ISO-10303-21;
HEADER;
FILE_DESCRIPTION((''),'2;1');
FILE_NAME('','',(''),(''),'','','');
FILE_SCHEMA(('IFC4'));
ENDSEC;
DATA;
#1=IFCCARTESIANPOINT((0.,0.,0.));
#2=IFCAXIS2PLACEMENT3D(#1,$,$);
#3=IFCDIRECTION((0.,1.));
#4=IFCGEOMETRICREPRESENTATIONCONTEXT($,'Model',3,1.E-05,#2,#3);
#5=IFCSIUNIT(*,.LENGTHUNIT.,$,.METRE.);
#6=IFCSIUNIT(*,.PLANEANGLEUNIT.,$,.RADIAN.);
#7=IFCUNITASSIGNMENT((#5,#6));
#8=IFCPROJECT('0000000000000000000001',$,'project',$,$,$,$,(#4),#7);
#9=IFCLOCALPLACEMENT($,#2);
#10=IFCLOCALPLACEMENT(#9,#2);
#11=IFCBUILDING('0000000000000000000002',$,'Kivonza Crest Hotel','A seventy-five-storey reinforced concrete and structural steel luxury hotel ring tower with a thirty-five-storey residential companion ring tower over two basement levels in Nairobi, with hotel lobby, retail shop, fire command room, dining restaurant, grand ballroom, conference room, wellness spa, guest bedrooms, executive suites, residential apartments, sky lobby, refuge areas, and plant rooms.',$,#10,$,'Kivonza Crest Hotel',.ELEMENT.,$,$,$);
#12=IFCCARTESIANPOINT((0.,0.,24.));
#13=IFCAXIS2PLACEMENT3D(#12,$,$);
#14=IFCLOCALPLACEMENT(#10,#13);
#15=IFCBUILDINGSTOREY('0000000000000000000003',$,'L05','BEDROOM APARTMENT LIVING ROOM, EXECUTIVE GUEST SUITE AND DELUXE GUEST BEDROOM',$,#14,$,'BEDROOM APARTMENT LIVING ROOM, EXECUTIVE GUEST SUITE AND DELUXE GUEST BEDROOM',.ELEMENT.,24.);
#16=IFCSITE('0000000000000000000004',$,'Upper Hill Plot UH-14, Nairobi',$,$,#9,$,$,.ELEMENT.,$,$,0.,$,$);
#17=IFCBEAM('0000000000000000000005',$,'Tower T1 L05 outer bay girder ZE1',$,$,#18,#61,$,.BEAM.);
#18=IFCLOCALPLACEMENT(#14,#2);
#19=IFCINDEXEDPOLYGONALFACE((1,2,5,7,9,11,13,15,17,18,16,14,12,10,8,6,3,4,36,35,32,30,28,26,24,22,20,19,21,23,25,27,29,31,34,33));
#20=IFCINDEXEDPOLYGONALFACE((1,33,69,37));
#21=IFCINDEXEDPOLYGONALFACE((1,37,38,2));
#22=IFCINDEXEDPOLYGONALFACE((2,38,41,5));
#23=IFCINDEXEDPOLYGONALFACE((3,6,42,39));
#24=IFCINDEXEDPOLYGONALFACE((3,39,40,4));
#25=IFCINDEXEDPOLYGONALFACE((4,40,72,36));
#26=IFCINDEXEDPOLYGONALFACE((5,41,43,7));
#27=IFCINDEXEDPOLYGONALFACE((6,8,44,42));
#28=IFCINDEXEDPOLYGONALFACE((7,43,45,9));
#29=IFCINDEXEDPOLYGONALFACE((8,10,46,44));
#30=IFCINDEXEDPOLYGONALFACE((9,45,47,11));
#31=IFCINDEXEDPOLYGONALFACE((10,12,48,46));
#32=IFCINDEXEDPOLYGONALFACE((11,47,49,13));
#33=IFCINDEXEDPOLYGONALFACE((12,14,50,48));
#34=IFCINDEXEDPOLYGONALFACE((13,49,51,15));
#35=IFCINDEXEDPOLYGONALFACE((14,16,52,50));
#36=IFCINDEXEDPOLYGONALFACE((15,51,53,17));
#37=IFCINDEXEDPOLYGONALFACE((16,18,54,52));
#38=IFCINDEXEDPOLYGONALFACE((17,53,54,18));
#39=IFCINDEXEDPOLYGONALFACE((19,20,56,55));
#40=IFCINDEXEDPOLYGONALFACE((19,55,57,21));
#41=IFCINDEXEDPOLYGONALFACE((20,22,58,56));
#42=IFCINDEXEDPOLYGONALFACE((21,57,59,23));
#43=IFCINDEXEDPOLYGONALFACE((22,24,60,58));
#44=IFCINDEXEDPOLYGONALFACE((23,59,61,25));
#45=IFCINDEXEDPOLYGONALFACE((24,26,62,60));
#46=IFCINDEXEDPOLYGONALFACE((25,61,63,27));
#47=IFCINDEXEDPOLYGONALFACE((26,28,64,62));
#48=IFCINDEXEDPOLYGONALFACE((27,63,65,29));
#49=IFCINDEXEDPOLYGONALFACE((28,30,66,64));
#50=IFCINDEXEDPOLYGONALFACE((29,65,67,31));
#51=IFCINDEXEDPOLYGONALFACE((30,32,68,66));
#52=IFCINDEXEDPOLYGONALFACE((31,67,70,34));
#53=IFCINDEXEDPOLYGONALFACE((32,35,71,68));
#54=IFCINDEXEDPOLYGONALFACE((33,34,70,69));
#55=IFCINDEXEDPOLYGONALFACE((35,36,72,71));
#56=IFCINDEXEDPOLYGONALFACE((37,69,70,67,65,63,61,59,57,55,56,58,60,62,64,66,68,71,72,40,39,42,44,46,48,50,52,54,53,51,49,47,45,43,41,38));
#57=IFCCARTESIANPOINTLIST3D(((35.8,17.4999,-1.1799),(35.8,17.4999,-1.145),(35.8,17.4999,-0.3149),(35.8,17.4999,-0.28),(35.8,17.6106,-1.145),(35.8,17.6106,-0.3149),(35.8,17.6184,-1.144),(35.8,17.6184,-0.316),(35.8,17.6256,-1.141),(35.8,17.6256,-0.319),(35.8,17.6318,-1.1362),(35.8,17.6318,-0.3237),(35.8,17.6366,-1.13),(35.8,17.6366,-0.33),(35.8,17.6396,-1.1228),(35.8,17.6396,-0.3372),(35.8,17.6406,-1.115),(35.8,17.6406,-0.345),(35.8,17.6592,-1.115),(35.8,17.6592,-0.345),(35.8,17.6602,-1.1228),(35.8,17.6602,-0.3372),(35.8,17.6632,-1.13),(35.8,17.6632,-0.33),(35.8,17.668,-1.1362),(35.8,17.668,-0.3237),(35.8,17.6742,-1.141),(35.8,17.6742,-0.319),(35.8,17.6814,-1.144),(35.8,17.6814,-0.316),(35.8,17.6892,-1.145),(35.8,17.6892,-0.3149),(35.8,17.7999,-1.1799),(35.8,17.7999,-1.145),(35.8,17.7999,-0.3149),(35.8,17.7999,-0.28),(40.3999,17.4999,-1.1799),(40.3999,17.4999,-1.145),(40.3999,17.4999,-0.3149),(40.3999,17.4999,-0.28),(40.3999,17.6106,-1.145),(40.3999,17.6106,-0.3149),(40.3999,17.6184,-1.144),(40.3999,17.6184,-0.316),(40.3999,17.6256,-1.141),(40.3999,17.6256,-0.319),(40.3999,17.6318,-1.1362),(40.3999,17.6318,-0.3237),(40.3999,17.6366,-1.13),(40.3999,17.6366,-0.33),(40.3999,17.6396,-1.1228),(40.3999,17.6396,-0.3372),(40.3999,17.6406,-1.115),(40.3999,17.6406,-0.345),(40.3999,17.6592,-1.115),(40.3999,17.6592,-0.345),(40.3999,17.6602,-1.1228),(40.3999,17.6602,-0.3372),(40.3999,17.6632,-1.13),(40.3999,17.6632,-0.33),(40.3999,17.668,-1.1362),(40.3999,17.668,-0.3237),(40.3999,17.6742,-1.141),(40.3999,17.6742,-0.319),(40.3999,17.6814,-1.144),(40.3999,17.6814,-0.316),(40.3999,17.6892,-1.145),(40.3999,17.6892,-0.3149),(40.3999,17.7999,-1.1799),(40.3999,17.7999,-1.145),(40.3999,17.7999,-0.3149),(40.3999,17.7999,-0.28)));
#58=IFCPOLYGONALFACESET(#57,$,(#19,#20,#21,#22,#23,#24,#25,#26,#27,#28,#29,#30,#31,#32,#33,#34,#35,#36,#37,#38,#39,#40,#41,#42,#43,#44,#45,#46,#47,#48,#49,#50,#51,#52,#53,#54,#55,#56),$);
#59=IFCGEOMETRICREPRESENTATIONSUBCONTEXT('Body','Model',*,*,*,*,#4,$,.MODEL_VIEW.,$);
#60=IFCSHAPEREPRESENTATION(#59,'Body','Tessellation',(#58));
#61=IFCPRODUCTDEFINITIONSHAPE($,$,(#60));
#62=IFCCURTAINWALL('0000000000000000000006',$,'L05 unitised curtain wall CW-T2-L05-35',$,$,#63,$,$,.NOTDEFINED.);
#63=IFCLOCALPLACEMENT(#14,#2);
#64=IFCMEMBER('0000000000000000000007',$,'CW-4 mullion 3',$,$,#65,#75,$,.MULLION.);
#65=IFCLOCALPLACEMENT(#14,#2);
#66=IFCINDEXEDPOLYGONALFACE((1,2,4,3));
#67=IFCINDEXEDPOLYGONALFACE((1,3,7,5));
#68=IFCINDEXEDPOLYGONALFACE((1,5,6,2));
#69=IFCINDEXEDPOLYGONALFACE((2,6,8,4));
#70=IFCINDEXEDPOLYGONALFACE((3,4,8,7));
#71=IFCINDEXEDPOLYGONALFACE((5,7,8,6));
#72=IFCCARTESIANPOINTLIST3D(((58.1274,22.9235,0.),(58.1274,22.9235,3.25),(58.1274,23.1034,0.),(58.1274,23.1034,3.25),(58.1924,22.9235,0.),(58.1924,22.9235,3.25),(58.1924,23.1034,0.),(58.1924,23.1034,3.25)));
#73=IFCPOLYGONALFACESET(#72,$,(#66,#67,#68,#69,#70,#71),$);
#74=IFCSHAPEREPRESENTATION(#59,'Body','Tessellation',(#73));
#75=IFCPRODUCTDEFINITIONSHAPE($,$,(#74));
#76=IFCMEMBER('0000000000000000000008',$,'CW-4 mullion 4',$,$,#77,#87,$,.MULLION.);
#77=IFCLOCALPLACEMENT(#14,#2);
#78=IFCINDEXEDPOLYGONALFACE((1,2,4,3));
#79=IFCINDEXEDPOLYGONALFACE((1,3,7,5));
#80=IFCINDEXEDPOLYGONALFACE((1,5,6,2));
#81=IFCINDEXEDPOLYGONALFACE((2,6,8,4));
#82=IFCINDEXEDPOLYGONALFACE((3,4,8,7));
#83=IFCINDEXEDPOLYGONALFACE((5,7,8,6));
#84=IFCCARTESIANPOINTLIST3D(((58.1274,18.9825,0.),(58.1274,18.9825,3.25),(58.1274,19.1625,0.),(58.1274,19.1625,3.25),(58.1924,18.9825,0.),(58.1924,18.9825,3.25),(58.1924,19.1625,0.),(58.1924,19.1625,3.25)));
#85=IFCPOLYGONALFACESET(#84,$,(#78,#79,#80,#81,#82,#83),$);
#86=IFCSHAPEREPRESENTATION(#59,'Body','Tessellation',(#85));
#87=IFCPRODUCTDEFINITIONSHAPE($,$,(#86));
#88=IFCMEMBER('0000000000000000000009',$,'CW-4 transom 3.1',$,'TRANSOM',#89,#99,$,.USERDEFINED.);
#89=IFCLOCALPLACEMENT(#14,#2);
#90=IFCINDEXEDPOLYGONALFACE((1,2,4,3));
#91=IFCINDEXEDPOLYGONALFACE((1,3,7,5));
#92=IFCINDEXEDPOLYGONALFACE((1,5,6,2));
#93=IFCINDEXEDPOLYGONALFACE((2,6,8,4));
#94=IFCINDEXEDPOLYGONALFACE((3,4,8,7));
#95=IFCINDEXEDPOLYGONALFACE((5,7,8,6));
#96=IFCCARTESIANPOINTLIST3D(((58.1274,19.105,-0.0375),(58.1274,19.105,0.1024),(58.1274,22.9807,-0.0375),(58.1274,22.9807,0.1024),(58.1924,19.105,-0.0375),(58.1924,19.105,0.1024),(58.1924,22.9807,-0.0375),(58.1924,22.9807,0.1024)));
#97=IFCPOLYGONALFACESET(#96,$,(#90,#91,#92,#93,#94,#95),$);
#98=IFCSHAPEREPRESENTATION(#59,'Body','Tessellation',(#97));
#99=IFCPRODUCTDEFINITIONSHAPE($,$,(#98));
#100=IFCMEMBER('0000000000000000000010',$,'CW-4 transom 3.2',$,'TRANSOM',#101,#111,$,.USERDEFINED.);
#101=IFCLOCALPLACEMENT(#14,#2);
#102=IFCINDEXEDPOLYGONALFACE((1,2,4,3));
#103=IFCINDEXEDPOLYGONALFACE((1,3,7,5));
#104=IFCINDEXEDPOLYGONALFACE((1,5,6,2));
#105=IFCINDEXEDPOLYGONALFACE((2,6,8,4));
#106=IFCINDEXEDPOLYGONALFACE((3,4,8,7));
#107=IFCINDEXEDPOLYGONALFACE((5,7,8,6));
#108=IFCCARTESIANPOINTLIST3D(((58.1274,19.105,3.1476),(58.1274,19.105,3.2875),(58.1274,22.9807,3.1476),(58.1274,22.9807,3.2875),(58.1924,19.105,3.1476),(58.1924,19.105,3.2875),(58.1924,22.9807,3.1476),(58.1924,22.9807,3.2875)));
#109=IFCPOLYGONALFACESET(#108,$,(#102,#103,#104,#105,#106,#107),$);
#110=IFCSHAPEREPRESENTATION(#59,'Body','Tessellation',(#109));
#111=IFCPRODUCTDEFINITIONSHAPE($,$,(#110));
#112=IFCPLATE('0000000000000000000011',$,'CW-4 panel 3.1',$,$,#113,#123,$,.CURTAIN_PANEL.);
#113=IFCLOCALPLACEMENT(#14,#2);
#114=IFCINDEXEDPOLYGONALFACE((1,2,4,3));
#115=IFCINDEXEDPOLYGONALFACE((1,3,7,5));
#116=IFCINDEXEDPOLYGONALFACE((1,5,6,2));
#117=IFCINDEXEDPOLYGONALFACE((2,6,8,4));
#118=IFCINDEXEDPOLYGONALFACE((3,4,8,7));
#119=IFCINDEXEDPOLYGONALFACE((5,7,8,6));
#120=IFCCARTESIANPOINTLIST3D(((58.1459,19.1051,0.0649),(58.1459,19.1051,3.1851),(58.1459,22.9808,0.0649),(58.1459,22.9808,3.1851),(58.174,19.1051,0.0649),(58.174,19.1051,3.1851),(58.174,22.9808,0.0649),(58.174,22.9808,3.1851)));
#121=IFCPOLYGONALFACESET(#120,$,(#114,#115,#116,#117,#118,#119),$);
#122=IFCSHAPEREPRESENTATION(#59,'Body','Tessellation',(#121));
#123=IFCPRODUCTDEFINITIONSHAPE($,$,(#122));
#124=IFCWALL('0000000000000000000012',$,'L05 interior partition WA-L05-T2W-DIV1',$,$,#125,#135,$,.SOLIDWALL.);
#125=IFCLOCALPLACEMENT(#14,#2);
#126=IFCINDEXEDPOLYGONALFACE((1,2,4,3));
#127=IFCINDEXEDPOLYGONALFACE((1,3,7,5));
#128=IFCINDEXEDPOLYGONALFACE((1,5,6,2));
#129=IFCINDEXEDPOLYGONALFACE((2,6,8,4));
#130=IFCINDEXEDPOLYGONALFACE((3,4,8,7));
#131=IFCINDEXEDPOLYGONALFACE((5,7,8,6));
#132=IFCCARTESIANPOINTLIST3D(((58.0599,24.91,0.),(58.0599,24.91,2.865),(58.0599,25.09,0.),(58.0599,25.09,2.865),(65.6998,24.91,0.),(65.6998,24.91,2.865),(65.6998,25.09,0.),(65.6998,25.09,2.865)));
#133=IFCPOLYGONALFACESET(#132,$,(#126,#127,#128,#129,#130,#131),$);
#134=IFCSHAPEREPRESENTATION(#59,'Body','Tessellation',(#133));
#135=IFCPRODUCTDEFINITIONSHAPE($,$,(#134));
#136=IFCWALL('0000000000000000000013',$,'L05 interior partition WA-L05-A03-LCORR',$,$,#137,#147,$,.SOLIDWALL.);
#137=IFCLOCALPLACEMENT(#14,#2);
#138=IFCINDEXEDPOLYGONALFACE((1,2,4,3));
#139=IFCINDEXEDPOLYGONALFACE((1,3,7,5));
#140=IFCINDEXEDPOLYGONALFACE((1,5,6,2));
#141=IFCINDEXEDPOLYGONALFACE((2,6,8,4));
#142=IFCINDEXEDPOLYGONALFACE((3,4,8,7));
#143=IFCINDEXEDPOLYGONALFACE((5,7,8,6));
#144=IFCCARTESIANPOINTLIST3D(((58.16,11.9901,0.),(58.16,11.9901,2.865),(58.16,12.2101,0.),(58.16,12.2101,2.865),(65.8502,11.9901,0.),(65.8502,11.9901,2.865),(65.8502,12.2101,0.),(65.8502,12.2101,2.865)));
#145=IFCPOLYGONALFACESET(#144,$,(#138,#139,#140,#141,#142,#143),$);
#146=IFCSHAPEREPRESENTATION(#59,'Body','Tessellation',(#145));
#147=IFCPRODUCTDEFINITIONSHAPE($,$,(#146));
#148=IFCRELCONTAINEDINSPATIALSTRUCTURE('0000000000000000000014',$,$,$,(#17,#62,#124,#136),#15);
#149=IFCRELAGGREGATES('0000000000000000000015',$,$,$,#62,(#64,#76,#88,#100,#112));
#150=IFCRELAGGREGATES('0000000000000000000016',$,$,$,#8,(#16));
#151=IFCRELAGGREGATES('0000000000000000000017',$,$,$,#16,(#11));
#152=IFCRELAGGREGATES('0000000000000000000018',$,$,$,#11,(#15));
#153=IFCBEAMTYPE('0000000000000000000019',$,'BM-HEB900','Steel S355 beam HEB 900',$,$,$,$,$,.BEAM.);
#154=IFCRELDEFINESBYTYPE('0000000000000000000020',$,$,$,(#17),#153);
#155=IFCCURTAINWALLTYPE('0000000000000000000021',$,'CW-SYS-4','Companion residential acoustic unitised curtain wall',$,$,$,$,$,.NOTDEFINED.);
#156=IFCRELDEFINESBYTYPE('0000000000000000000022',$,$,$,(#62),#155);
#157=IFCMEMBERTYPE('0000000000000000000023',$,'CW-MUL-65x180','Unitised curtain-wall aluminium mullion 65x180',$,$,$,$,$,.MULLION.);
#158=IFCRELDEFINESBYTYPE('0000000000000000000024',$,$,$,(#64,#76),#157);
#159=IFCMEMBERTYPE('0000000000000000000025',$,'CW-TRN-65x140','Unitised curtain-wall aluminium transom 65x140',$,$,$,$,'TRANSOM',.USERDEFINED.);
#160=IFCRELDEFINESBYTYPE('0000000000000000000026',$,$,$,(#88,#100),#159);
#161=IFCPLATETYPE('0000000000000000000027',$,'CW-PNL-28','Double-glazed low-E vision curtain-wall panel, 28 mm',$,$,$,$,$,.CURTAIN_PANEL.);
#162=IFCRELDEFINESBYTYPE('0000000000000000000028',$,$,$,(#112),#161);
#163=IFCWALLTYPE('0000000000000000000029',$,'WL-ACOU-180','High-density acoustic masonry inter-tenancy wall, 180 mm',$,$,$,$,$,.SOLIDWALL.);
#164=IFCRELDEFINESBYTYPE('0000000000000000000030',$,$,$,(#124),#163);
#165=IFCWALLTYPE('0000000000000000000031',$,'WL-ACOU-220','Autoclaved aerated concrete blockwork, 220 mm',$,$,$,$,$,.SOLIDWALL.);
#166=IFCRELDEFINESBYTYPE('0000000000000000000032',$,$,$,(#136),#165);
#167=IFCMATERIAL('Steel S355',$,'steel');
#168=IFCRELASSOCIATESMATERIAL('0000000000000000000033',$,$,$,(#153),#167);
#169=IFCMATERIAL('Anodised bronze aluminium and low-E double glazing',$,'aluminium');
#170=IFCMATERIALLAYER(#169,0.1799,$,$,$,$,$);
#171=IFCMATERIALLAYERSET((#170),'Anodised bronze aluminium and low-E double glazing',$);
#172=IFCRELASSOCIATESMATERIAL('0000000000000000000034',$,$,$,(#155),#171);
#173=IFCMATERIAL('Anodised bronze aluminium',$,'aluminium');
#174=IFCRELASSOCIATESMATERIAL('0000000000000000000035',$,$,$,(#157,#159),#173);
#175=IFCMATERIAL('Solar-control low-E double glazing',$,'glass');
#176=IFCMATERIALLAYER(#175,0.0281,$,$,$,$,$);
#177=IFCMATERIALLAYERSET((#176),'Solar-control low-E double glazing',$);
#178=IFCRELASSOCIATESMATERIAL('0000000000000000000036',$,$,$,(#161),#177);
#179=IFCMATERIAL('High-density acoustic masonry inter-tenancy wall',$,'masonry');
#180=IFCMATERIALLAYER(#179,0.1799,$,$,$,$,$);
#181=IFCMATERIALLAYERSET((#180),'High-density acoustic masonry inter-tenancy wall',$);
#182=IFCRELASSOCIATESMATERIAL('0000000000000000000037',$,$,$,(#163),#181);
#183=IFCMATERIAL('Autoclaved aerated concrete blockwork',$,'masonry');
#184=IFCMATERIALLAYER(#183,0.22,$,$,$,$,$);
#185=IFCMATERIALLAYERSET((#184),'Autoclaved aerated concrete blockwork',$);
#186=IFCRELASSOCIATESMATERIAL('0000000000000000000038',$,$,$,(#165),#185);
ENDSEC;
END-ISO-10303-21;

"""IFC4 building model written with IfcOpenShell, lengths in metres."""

from ifc_helpers import new_model, si_unit, direction, frame, frame_2d, origin, origin_2d, place, context, subcontext, project, spatial, rectangle, i_section, extrude, material, layer, layer_set, material_profile, profile_set, type_object, element, aggregate, save


model = new_model("IFC4")

# Units and contexts
model_context = context("Model", 3, precision=1e-05, world=origin(), true_north=direction((0.0, 1.0)))
body_context = subcontext(model_context, "Body", "Model", "MODEL_VIEW")
ifc_project = project(units=[si_unit("LENGTHUNIT", "METRE"), si_unit("PLANEANGLEUNIT", "RADIAN")], contexts=[model_context])

# Site, building, storey
site_placement = place(None, origin())
site = spatial("IfcSite", under=ifc_project, at=site_placement, Name="Upper Hill Plot UH-14, Nairobi", CompositionType="ELEMENT", RefElevation=0.0)
building_placement = place(site_placement, origin())
building = spatial("IfcBuilding", under=site, at=building_placement, Name="Kivonza Crest Hotel", Description="A seventy-five-storey reinforced concrete and structural steel luxury hotel ring tower with a thirty-five-storey residential companion ring tower over two basement levels in Nairobi, with hotel lobby, retail shop, fire command room, dining restaurant, grand ballroom, conference room, wellness spa, guest bedrooms, executive suites, residential apartments, sky lobby, refuge areas, and plant rooms.", LongName="Kivonza Crest Hotel", CompositionType="ELEMENT")
storey_placement = place(building_placement, frame((0.0, 0.0, 24.0)))
storey = spatial("IfcBuildingStorey", under=building, at=storey_placement, Name="L05", Description="BEDROOM APARTMENT LIVING ROOM, EXECUTIVE GUEST SUITE AND DELUXE GUEST BEDROOM", LongName="BEDROOM APARTMENT LIVING ROOM, EXECUTIVE GUEST SUITE AND DELUXE GUEST BEDROOM", CompositionType="ELEMENT", Elevation=24.0)

# Beam
ifc_material_1 = material(Name="Steel S355", Category="steel")
ifc_material_profile_1 = material_profile(ifc_material_1, i_section(OverallWidth=0.3, OverallDepth=0.8999, WebThickness=0.0186, FlangeThickness=0.0349, FilletRadius=0.03, at=origin_2d()), Name="HEB 900")
ifc_profile_set_1 = profile_set([ifc_material_profile_1], Name="Steel S355")
beam_type = type_object("IfcBeamType", Name="BM-HEB900", Description="Steel S355 beam HEB 900", PredefinedType="BEAM", material=ifc_profile_set_1)
beam_placement = place(storey_placement, frame((40.3999, 17.6499, -0.73), z_axis=(-1.0, 0.0, 0.0), x_axis=(0.0, -1.0, 0.0)))
element("IfcBeam", 1, at=beam_placement, inside=storey, type_object=beam_type, Name="Tower T1 L05 outer bay girder ZE1", PredefinedType="BEAM", context=body_context, shape_type="SweptSolid", body=[
    extrude(i_section(OverallWidth=0.3, OverallDepth=0.8999, WebThickness=0.0186, FlangeThickness=0.0349, FilletRadius=0.03, at=origin_2d()), origin(), (0.0, 0.0, 1.0), 4.5999),
])

# Curtain wall, members, plate
ifc_material_2 = material(Name="Anodised bronze aluminium and low-E double glazing", Category="aluminium")
ifc_layer_1 = layer(ifc_material_2, 0.1799)
ifc_layer_set_1 = layer_set([ifc_layer_1], Name="Anodised bronze aluminium and low-E double glazing")
curtain_wall_type = type_object("IfcCurtainWallType", Name="CW-SYS-4", Description="Companion residential acoustic unitised curtain wall", PredefinedType="NOTDEFINED", material=ifc_layer_set_1)
curtain_wall_placement = place(storey_placement, origin())
curtain_wall = element("IfcCurtainWall", 2, at=curtain_wall_placement, inside=storey, type_object=curtain_wall_type, Name="L05 unitised curtain wall CW-T2-L05-35", PredefinedType="NOTDEFINED")
ifc_material_3 = material(Name="Anodised bronze aluminium", Category="aluminium")
ifc_material_profile_2 = material_profile(ifc_material_3, rectangle(XDim=0.0649, YDim=0.1799, at=origin_2d()), Name="CW-M 65x180")
ifc_profile_set_2 = profile_set([ifc_material_profile_2], Name="Anodised bronze aluminium")
member_type_1 = type_object("IfcMemberType", Name="CW-MUL-65x180", Description="Unitised curtain-wall aluminium mullion 65x180", PredefinedType="MULLION", material=ifc_profile_set_2)
member_1_placement = place(storey_placement, frame((58.1599, 23.0134, 0.0), z_axis=(0.0, 0.0, 1.0), x_axis=(1.0, 0.0, 0.0)))
member_1 = element("IfcMember", 3, at=member_1_placement, type_object=member_type_1, Name="CW-4 mullion 3", PredefinedType="MULLION", context=body_context, shape_type="SweptSolid", body=[
    extrude(rectangle(XDim=0.0649, YDim=0.1799, at=origin_2d()), origin(), (0.0, 0.0, 1.0), 3.25),
])
member_2_placement = place(storey_placement, frame((58.1599, 19.0725, 0.0), z_axis=(0.0, 0.0, 1.0), x_axis=(1.0, 0.0, 0.0)))
member_2 = element("IfcMember", 4, at=member_2_placement, type_object=member_type_1, Name="CW-4 mullion 4", PredefinedType="MULLION", context=body_context, shape_type="SweptSolid", body=[
    extrude(rectangle(XDim=0.0649, YDim=0.1799, at=origin_2d()), origin(), (0.0, 0.0, 1.0), 3.25),
])
ifc_material_profile_3 = material_profile(ifc_material_3, rectangle(XDim=0.0649, YDim=0.1399, at=origin_2d()), Name="CW-T 65x140")
ifc_profile_set_3 = profile_set([ifc_material_profile_3], Name="Anodised bronze aluminium")
member_type_2 = type_object("IfcMemberType", Name="CW-TRN-65x140", Description="Unitised curtain-wall aluminium transom 65x140", ElementType="TRANSOM", PredefinedType="USERDEFINED", material=ifc_profile_set_3)
member_3_placement = place(storey_placement, frame((58.1599, 22.9807, 0.0325), z_axis=(0.0, -1.0, 0.0), x_axis=(1.0, 0.0, 0.0)))
member_3 = element("IfcMember", 5, at=member_3_placement, type_object=member_type_2, Name="CW-4 transom 3.1", ObjectType="TRANSOM", PredefinedType="USERDEFINED", context=body_context, shape_type="SweptSolid", body=[
    extrude(rectangle(XDim=0.0649, YDim=0.1399, at=origin_2d()), origin(), (0.0, 0.0, 1.0), 3.8757),
])
member_4_placement = place(storey_placement, frame((58.1599, 22.9807, 3.2175), z_axis=(0.0, -1.0, 0.0), x_axis=(1.0, 0.0, 0.0)))
member_4 = element("IfcMember", 6, at=member_4_placement, type_object=member_type_2, Name="CW-4 transom 3.2", ObjectType="TRANSOM", PredefinedType="USERDEFINED", context=body_context, shape_type="SweptSolid", body=[
    extrude(rectangle(XDim=0.0649, YDim=0.1399, at=origin_2d()), origin(), (0.0, 0.0, 1.0), 3.8757),
])
ifc_material_4 = material(Name="Solar-control low-E double glazing", Category="glass")
ifc_layer_2 = layer(ifc_material_4, 0.0281)
ifc_layer_set_2 = layer_set([ifc_layer_2], Name="Solar-control low-E double glazing")
plate_type = type_object("IfcPlateType", Name="CW-PNL-28", Description="Double-glazed low-E vision curtain-wall panel, 28 mm", PredefinedType="CURTAIN_PANEL", material=ifc_layer_set_2)
plate_placement = place(storey_placement, frame((58.1599, 21.043, 0.0649), z_axis=(0.0, 0.0, 1.0), x_axis=(0.0, -1.0, 0.0)))
plate = element("IfcPlate", 7, at=plate_placement, type_object=plate_type, Name="CW-4 panel 3.1", PredefinedType="CURTAIN_PANEL", context=body_context, shape_type="SweptSolid", body=[
    extrude(rectangle(XDim=3.8757, YDim=0.0281, at=origin_2d()), origin(), (0.0, 0.0, 1.0), 3.1201),
])
aggregate(curtain_wall, [member_1, member_2, member_3, member_4, plate])

# Walls
ifc_material_5 = material(Name="High-density acoustic masonry inter-tenancy wall", Category="masonry")
ifc_layer_3 = layer(ifc_material_5, 0.1799)
ifc_layer_set_3 = layer_set([ifc_layer_3], Name="High-density acoustic masonry inter-tenancy wall")
wall_type_1 = type_object("IfcWallType", Name="WL-ACOU-180", Description="High-density acoustic masonry inter-tenancy wall, 180 mm", PredefinedType="SOLIDWALL", material=ifc_layer_set_3)
wall_1_placement = place(storey_placement, frame((58.0601, 25.0, 0.0), z_axis=(0.0, 0.0, 1.0), x_axis=(1.0, 0.0, 0.0)))
element("IfcWall", 8, at=wall_1_placement, inside=storey, type_object=wall_type_1, Name="L05 interior partition WA-L05-T2W-DIV1", PredefinedType="SOLIDWALL", context=body_context, shape_type="SweptSolid", body=[
    extrude(rectangle(XDim=7.6399, YDim=0.1799, at=frame_2d((3.8198, 0.0))), origin(), (0.0, 0.0, 1.0), 2.865),
])
ifc_material_6 = material(Name="Autoclaved aerated concrete blockwork", Category="masonry")
ifc_layer_4 = layer(ifc_material_6, 0.22)
ifc_layer_set_4 = layer_set([ifc_layer_4], Name="Autoclaved aerated concrete blockwork")
wall_type_2 = type_object("IfcWallType", Name="WL-ACOU-220", Description="Autoclaved aerated concrete blockwork, 220 mm", PredefinedType="SOLIDWALL", material=ifc_layer_set_4)
wall_2_placement = place(storey_placement, frame((58.1599, 12.1001, 0.0), z_axis=(0.0, 0.0, 1.0), x_axis=(1.0, 0.0, 0.0)))
element("IfcWall", 9, at=wall_2_placement, inside=storey, type_object=wall_type_2, Name="L05 interior partition WA-L05-A03-LCORR", PredefinedType="SOLIDWALL", context=body_context, shape_type="SweptSolid", body=[
    extrude(rectangle(XDim=7.6902, YDim=0.22, at=frame_2d((3.8452, 0.0))), origin(), (0.0, 0.0, 1.0), 2.865),
])

save(model, "model.ifc")
